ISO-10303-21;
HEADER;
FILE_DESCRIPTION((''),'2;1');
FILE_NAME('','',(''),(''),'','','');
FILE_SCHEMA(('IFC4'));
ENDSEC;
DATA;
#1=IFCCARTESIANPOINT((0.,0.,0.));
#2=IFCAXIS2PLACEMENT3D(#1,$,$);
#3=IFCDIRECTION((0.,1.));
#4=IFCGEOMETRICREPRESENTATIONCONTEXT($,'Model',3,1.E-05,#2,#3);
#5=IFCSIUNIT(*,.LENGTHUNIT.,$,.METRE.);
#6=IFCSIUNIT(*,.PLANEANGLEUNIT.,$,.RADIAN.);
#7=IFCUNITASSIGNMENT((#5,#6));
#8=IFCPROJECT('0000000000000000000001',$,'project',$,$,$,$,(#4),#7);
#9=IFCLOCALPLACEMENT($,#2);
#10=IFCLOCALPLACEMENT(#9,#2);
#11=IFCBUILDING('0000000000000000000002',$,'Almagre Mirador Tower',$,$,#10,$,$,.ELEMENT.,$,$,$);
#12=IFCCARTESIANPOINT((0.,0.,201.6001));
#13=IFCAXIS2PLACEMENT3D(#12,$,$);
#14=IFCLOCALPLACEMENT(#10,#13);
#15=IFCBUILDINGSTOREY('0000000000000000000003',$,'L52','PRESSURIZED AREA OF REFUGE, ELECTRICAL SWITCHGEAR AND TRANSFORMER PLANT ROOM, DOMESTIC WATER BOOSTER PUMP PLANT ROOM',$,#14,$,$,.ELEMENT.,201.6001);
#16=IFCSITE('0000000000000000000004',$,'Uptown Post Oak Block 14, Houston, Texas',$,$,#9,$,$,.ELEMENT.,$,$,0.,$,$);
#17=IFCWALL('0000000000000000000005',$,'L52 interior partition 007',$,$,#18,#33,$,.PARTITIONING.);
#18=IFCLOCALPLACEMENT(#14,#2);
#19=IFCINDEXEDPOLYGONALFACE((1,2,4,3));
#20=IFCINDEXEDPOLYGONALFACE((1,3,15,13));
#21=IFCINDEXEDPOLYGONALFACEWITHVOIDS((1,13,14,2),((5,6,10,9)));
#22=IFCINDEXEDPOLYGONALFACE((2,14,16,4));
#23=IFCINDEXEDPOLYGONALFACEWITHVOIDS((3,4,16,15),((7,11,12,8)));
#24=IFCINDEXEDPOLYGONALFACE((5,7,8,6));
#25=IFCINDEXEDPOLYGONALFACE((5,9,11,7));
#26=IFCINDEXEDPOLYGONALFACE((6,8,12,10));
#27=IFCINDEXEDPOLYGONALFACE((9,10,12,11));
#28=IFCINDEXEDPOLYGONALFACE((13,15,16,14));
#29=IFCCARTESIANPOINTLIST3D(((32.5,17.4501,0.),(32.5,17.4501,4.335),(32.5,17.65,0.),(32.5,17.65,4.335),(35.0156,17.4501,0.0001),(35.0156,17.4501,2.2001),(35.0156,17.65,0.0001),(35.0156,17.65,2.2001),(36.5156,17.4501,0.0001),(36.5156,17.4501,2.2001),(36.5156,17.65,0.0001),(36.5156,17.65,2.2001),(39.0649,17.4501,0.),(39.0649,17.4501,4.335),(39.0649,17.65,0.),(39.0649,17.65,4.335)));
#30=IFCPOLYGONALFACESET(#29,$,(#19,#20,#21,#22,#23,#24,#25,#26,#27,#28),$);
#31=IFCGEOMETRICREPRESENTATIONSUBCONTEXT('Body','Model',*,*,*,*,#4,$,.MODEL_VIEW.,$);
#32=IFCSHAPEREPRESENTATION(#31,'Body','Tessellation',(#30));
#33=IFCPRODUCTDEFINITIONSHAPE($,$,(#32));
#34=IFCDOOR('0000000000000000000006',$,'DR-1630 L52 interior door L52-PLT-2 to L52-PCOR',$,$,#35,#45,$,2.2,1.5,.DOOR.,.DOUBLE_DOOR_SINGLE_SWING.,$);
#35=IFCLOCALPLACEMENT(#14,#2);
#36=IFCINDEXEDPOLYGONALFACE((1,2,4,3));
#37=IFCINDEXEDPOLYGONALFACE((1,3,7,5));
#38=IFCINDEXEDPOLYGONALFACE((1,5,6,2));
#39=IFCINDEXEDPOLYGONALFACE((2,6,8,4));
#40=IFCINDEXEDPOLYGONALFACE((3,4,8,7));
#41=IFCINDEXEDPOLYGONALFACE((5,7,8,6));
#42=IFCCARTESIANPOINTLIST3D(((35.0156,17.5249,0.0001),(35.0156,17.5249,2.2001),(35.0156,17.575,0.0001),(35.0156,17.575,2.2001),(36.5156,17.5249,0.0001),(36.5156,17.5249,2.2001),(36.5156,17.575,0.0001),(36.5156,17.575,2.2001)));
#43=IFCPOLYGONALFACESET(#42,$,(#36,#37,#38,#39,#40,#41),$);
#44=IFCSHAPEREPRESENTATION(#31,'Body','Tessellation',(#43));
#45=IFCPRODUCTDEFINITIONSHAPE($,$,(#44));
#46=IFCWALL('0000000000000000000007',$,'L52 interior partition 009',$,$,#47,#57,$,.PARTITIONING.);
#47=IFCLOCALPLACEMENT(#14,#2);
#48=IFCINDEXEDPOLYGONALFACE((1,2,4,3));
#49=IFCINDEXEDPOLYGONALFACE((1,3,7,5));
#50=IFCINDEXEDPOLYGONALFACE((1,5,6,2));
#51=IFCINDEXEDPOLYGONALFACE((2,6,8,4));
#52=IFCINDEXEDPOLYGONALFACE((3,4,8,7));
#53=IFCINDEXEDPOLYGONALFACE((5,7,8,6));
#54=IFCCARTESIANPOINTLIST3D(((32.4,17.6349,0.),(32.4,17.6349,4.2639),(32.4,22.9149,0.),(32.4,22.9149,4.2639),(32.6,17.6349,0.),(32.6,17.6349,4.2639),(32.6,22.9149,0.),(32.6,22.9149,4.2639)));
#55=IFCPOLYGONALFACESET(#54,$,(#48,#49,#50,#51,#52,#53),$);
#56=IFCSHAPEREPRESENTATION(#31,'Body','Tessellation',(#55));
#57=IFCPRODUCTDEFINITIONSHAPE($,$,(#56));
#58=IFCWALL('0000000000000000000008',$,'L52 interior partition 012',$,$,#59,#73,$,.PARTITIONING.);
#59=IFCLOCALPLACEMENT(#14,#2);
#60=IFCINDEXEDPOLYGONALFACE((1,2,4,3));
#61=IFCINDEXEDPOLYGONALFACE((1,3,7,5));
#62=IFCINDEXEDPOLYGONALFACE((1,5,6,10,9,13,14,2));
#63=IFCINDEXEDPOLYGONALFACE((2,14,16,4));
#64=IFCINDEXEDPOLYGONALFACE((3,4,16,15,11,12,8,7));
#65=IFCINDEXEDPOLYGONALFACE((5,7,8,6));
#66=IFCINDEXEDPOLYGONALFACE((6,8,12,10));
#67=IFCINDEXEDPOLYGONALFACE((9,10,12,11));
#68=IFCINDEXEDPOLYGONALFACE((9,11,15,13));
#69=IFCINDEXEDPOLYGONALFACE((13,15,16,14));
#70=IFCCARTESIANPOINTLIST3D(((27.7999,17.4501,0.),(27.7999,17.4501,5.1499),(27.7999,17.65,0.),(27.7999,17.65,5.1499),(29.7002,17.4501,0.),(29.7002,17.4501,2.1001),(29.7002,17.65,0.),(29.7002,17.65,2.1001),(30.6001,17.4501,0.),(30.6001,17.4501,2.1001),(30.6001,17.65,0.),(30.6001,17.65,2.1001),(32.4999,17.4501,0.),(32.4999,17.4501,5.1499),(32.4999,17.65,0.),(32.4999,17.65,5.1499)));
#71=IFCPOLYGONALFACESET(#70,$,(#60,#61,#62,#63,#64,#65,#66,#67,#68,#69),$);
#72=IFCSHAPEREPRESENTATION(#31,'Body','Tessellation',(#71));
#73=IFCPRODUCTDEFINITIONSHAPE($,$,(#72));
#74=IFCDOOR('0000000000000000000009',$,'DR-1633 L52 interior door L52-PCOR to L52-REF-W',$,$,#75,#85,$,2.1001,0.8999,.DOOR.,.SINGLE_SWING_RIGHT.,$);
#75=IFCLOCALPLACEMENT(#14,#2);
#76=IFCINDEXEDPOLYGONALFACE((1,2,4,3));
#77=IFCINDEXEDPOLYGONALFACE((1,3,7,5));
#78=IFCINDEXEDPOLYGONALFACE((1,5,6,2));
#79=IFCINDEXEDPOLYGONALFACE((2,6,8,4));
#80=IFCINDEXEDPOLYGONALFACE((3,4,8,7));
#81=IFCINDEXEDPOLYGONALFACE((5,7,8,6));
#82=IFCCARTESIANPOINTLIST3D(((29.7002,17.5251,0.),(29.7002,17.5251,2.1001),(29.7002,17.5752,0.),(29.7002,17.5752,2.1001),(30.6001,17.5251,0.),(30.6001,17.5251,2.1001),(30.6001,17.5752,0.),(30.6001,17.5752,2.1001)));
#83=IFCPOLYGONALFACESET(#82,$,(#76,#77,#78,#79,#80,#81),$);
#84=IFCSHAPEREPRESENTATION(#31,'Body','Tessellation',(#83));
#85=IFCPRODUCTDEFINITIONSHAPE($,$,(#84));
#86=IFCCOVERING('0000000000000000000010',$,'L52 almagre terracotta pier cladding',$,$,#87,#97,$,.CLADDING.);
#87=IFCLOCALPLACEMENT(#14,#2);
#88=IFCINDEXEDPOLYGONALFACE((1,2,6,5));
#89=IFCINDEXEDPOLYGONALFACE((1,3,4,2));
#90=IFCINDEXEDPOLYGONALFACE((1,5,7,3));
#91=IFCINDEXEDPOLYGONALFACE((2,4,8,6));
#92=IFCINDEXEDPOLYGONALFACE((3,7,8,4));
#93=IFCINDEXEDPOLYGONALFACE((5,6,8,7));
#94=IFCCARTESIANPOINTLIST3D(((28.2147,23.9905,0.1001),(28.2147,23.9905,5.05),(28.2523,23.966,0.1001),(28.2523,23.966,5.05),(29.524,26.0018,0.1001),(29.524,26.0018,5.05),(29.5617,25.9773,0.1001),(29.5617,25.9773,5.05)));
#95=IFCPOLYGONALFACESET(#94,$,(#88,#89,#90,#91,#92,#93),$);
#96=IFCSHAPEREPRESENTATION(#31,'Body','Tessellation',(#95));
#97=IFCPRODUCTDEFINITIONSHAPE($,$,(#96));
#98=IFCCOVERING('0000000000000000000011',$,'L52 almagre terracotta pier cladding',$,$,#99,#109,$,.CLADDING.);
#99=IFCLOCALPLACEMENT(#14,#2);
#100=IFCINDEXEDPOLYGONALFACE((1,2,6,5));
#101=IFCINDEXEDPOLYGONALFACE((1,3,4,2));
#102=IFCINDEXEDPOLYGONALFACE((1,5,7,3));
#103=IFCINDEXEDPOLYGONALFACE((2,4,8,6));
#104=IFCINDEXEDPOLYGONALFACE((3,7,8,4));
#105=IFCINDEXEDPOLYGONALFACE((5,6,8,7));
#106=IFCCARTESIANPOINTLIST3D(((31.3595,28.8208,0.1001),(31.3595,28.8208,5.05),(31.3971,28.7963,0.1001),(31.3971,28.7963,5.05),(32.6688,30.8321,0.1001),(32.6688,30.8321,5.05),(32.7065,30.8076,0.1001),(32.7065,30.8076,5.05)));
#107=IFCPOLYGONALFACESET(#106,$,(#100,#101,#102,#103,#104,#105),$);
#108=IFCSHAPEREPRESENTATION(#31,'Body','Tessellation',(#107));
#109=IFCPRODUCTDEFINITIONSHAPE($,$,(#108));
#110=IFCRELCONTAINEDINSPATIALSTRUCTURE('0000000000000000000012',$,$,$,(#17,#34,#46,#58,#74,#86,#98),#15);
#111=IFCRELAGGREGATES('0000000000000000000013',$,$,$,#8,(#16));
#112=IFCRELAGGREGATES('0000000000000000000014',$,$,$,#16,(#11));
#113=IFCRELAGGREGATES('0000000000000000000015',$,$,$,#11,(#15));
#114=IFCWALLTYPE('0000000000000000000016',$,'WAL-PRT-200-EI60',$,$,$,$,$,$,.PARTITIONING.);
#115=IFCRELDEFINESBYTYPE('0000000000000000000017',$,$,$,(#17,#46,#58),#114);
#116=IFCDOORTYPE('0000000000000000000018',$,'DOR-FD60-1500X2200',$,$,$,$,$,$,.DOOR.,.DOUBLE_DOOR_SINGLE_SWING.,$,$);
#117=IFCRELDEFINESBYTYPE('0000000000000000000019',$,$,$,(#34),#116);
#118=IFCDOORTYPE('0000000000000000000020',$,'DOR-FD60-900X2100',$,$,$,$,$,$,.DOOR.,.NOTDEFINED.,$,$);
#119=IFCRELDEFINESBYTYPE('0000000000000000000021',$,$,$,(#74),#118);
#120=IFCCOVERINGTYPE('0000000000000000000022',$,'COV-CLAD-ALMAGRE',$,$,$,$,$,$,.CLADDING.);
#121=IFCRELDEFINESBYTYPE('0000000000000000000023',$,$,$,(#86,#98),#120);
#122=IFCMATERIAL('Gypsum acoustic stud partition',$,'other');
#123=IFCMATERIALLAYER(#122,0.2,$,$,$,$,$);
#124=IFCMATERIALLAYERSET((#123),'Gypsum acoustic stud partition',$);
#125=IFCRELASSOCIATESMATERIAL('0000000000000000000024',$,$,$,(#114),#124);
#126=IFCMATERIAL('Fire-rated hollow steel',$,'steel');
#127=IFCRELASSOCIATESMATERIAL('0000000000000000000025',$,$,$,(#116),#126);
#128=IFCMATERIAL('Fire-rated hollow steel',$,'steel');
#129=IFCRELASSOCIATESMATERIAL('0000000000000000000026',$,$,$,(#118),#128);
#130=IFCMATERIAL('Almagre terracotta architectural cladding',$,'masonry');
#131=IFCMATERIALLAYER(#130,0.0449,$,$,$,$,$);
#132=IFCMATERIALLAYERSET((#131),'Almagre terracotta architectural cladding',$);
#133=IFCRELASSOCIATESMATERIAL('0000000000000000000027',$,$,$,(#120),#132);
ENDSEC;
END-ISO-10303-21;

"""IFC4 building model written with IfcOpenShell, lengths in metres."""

from ifc_helpers import new_model, si_unit, direction, frame, frame_2d, origin, origin_2d, place, context, subcontext, project, spatial, rectangle, extrude, material, layer, layer_set, type_object, element, fill, save


model = new_model("IFC4")

# Units and contexts
model_context = context("Model", 3, precision=1e-05, world=origin(), true_north=direction((0.0, 1.0)))
body_context = subcontext(model_context, "Body", "Model", "MODEL_VIEW")
ifc_project = project(units=[si_unit("LENGTHUNIT", "METRE"), si_unit("PLANEANGLEUNIT", "RADIAN")], contexts=[model_context])

# Site, building, storey
site_placement = place(None, origin())
site = spatial("IfcSite", under=ifc_project, at=site_placement, Name="Uptown Post Oak Block 14, Houston, Texas", CompositionType="ELEMENT", RefElevation=0.0)
building_placement = place(site_placement, origin())
building = spatial("IfcBuilding", under=site, at=building_placement, Name="Almagre Mirador Tower", CompositionType="ELEMENT")
storey_placement = place(building_placement, frame((0.0, 0.0, 201.6001)))
storey = spatial("IfcBuildingStorey", under=building, at=storey_placement, Name="L52", Description="PRESSURIZED AREA OF REFUGE, ELECTRICAL SWITCHGEAR AND TRANSFORMER PLANT ROOM, DOMESTIC WATER BOOSTER PUMP PLANT ROOM", CompositionType="ELEMENT", Elevation=201.6001)

# Wall, opening, door
ifc_material_1 = material(Name="Gypsum acoustic stud partition", Category="other")
ifc_layer_1 = layer(ifc_material_1, 0.2)
ifc_layer_set_1 = layer_set([ifc_layer_1], Name="Gypsum acoustic stud partition")
wall_type_1 = type_object("IfcWallType", Name="WAL-PRT-200-EI60", PredefinedType="PARTITIONING", material=ifc_layer_set_1)
wall_1_placement = place(storey_placement, frame((32.5, 17.55, 0.0), z_axis=(0.0, 0.0, 1.0), x_axis=(1.0, 0.0, 0.0)))
wall_1 = element("IfcWall", 1, at=wall_1_placement, inside=storey, type_object=wall_type_1, Name="L52 interior partition 007", PredefinedType="PARTITIONING", context=body_context, shape_type="SweptSolid", body=[
    extrude(rectangle(XDim=6.5649, YDim=0.2, at=frame_2d((3.2825, 0.0))), origin(), (0.0, 0.0, 1.0), 4.335),
])
opening_1_placement = place(wall_1_placement, frame((2.5156, 0.0, 0.0)))
opening_1 = element("IfcOpeningElement", 2, at=opening_1_placement, cuts=wall_1, PredefinedType="OPENING", context=body_context, shape_type="SweptSolid", body=[
    extrude(rectangle(XDim=1.5, YDim=2.2, at=frame_2d((0.75, 1.1001))), frame((0.0, 0.1101, 0.0), z_axis=(0.0, -1.0, 0.0), x_axis=(1.0, 0.0, 0.0)), (0.0, 0.0, 1.0), 0.22),
])
ifc_material_2 = material(Name="Fire-rated hollow steel", Category="steel")
door_type_1 = type_object("IfcDoorType", Name="DOR-FD60-1500X2200", OperationType="DOUBLE_DOOR_SINGLE_SWING", PredefinedType="DOOR", material=ifc_material_2)
door_1_placement = place(opening_1_placement, origin())
door_1 = element("IfcDoor", 3, at=door_1_placement, inside=storey, type_object=door_type_1, Name="DR-1630 L52 interior door L52-PLT-2 to L52-PCOR", OperationType="DOUBLE_DOOR_SINGLE_SWING", OverallHeight=2.2, OverallWidth=1.5, PredefinedType="DOOR", context=body_context, shape_type="SweptSolid", body=[
    extrude(rectangle(XDim=1.5, YDim=2.2, at=frame_2d((0.75, 1.1001))), frame((0.0, 0.0249, 0.0), z_axis=(0.0, -1.0, 0.0), x_axis=(1.0, 0.0, 0.0)), (0.0, 0.0, 1.0), 0.05),
])
fill(opening_1, door_1)

# Wall
wall_2_placement = place(storey_placement, frame((32.5, 22.915, 0.0), z_axis=(0.0, 0.0, 1.0), x_axis=(0.0, -1.0, 0.0)))
element("IfcWall", 4, at=wall_2_placement, inside=storey, type_object=wall_type_1, Name="L52 interior partition 009", PredefinedType="PARTITIONING", context=body_context, shape_type="SweptSolid", body=[
    extrude(rectangle(XDim=5.28, YDim=0.2, at=frame_2d((2.6401, 0.0))), origin(), (0.0, 0.0, 1.0), 4.2639),
])

# Wall, opening, door
wall_3_placement = place(storey_placement, frame((32.5, 17.55, 0.0), z_axis=(0.0, 0.0, 1.0), x_axis=(-1.0, 0.0, 0.0)))
wall_3 = element("IfcWall", 5, at=wall_3_placement, inside=storey, type_object=wall_type_1, Name="L52 interior partition 012", PredefinedType="PARTITIONING", context=body_context, shape_type="SweptSolid", body=[
    extrude(rectangle(XDim=4.7, YDim=0.2, at=frame_2d((2.3501, 0.0))), origin(), (0.0, 0.0, 1.0), 5.1499),
])
opening_2_placement = place(wall_3_placement, frame((1.8999, 0.0, 0.0)))
opening_2 = element("IfcOpeningElement", 6, at=opening_2_placement, cuts=wall_3, PredefinedType="OPENING", context=body_context, shape_type="SweptSolid", body=[
    extrude(rectangle(XDim=0.8999, YDim=2.1001, at=frame_2d((0.45, 1.05))), frame((0.0, 0.1101, 0.0), z_axis=(0.0, -1.0, 0.0), x_axis=(1.0, 0.0, 0.0)), (0.0, 0.0, 1.0), 0.22),
])
ifc_material_3 = material(Name="Fire-rated hollow steel", Category="steel")
door_type_2 = type_object("IfcDoorType", Name="DOR-FD60-900X2100", OperationType="NOTDEFINED", PredefinedType="DOOR", material=ifc_material_3)
door_2_placement = place(opening_2_placement, origin())
door_2 = element("IfcDoor", 7, at=door_2_placement, inside=storey, type_object=door_type_2, Name="DR-1633 L52 interior door L52-PCOR to L52-REF-W", OperationType="SINGLE_SWING_RIGHT", OverallHeight=2.1001, OverallWidth=0.8999, PredefinedType="DOOR", context=body_context, shape_type="SweptSolid", body=[
    extrude(rectangle(XDim=0.8999, YDim=2.1001, at=frame_2d((0.45, 1.05))), frame((0.0, 0.0249, 0.0), z_axis=(0.0, -1.0, 0.0), x_axis=(1.0, 0.0, 0.0)), (0.0, 0.0, 1.0), 0.05),
])
fill(opening_2, door_2)

# Coverings
ifc_material_4 = material(Name="Almagre terracotta architectural cladding", Category="masonry")
ifc_layer_2 = layer(ifc_material_4, 0.0449)
ifc_layer_set_2 = layer_set([ifc_layer_2], Name="Almagre terracotta architectural cladding")
covering_type = type_object("IfcCoveringType", Name="COV-CLAD-ALMAGRE", PredefinedType="CLADDING", material=ifc_layer_set_2)
for number, where, z_axis, x_axis, name in (
    (8, (28.8882, 24.9839, 0.1001), (0.0, 0.0, 1.0), (0.54559, 0.838052, 0.0), "L52 almagre terracotta pier cladding"),
    (9, (32.033, 29.8142, 0.1001), (0.0, 0.0, 1.0), (0.54559, 0.838052, 0.0), "L52 almagre terracotta pier cladding"),
):
    element("IfcCovering", number, at=place(storey_placement, frame(where, z_axis=z_axis, x_axis=x_axis)), inside=storey, type_object=covering_type, Name=name, PredefinedType="CLADDING", context=body_context, shape_type="SweptSolid", body=[
        extrude(rectangle(XDim=2.3999, YDim=0.0449, at=origin_2d()), origin(), (0.0, 0.0, 1.0), 4.95),
    ])

save(model, "model.ifc")
